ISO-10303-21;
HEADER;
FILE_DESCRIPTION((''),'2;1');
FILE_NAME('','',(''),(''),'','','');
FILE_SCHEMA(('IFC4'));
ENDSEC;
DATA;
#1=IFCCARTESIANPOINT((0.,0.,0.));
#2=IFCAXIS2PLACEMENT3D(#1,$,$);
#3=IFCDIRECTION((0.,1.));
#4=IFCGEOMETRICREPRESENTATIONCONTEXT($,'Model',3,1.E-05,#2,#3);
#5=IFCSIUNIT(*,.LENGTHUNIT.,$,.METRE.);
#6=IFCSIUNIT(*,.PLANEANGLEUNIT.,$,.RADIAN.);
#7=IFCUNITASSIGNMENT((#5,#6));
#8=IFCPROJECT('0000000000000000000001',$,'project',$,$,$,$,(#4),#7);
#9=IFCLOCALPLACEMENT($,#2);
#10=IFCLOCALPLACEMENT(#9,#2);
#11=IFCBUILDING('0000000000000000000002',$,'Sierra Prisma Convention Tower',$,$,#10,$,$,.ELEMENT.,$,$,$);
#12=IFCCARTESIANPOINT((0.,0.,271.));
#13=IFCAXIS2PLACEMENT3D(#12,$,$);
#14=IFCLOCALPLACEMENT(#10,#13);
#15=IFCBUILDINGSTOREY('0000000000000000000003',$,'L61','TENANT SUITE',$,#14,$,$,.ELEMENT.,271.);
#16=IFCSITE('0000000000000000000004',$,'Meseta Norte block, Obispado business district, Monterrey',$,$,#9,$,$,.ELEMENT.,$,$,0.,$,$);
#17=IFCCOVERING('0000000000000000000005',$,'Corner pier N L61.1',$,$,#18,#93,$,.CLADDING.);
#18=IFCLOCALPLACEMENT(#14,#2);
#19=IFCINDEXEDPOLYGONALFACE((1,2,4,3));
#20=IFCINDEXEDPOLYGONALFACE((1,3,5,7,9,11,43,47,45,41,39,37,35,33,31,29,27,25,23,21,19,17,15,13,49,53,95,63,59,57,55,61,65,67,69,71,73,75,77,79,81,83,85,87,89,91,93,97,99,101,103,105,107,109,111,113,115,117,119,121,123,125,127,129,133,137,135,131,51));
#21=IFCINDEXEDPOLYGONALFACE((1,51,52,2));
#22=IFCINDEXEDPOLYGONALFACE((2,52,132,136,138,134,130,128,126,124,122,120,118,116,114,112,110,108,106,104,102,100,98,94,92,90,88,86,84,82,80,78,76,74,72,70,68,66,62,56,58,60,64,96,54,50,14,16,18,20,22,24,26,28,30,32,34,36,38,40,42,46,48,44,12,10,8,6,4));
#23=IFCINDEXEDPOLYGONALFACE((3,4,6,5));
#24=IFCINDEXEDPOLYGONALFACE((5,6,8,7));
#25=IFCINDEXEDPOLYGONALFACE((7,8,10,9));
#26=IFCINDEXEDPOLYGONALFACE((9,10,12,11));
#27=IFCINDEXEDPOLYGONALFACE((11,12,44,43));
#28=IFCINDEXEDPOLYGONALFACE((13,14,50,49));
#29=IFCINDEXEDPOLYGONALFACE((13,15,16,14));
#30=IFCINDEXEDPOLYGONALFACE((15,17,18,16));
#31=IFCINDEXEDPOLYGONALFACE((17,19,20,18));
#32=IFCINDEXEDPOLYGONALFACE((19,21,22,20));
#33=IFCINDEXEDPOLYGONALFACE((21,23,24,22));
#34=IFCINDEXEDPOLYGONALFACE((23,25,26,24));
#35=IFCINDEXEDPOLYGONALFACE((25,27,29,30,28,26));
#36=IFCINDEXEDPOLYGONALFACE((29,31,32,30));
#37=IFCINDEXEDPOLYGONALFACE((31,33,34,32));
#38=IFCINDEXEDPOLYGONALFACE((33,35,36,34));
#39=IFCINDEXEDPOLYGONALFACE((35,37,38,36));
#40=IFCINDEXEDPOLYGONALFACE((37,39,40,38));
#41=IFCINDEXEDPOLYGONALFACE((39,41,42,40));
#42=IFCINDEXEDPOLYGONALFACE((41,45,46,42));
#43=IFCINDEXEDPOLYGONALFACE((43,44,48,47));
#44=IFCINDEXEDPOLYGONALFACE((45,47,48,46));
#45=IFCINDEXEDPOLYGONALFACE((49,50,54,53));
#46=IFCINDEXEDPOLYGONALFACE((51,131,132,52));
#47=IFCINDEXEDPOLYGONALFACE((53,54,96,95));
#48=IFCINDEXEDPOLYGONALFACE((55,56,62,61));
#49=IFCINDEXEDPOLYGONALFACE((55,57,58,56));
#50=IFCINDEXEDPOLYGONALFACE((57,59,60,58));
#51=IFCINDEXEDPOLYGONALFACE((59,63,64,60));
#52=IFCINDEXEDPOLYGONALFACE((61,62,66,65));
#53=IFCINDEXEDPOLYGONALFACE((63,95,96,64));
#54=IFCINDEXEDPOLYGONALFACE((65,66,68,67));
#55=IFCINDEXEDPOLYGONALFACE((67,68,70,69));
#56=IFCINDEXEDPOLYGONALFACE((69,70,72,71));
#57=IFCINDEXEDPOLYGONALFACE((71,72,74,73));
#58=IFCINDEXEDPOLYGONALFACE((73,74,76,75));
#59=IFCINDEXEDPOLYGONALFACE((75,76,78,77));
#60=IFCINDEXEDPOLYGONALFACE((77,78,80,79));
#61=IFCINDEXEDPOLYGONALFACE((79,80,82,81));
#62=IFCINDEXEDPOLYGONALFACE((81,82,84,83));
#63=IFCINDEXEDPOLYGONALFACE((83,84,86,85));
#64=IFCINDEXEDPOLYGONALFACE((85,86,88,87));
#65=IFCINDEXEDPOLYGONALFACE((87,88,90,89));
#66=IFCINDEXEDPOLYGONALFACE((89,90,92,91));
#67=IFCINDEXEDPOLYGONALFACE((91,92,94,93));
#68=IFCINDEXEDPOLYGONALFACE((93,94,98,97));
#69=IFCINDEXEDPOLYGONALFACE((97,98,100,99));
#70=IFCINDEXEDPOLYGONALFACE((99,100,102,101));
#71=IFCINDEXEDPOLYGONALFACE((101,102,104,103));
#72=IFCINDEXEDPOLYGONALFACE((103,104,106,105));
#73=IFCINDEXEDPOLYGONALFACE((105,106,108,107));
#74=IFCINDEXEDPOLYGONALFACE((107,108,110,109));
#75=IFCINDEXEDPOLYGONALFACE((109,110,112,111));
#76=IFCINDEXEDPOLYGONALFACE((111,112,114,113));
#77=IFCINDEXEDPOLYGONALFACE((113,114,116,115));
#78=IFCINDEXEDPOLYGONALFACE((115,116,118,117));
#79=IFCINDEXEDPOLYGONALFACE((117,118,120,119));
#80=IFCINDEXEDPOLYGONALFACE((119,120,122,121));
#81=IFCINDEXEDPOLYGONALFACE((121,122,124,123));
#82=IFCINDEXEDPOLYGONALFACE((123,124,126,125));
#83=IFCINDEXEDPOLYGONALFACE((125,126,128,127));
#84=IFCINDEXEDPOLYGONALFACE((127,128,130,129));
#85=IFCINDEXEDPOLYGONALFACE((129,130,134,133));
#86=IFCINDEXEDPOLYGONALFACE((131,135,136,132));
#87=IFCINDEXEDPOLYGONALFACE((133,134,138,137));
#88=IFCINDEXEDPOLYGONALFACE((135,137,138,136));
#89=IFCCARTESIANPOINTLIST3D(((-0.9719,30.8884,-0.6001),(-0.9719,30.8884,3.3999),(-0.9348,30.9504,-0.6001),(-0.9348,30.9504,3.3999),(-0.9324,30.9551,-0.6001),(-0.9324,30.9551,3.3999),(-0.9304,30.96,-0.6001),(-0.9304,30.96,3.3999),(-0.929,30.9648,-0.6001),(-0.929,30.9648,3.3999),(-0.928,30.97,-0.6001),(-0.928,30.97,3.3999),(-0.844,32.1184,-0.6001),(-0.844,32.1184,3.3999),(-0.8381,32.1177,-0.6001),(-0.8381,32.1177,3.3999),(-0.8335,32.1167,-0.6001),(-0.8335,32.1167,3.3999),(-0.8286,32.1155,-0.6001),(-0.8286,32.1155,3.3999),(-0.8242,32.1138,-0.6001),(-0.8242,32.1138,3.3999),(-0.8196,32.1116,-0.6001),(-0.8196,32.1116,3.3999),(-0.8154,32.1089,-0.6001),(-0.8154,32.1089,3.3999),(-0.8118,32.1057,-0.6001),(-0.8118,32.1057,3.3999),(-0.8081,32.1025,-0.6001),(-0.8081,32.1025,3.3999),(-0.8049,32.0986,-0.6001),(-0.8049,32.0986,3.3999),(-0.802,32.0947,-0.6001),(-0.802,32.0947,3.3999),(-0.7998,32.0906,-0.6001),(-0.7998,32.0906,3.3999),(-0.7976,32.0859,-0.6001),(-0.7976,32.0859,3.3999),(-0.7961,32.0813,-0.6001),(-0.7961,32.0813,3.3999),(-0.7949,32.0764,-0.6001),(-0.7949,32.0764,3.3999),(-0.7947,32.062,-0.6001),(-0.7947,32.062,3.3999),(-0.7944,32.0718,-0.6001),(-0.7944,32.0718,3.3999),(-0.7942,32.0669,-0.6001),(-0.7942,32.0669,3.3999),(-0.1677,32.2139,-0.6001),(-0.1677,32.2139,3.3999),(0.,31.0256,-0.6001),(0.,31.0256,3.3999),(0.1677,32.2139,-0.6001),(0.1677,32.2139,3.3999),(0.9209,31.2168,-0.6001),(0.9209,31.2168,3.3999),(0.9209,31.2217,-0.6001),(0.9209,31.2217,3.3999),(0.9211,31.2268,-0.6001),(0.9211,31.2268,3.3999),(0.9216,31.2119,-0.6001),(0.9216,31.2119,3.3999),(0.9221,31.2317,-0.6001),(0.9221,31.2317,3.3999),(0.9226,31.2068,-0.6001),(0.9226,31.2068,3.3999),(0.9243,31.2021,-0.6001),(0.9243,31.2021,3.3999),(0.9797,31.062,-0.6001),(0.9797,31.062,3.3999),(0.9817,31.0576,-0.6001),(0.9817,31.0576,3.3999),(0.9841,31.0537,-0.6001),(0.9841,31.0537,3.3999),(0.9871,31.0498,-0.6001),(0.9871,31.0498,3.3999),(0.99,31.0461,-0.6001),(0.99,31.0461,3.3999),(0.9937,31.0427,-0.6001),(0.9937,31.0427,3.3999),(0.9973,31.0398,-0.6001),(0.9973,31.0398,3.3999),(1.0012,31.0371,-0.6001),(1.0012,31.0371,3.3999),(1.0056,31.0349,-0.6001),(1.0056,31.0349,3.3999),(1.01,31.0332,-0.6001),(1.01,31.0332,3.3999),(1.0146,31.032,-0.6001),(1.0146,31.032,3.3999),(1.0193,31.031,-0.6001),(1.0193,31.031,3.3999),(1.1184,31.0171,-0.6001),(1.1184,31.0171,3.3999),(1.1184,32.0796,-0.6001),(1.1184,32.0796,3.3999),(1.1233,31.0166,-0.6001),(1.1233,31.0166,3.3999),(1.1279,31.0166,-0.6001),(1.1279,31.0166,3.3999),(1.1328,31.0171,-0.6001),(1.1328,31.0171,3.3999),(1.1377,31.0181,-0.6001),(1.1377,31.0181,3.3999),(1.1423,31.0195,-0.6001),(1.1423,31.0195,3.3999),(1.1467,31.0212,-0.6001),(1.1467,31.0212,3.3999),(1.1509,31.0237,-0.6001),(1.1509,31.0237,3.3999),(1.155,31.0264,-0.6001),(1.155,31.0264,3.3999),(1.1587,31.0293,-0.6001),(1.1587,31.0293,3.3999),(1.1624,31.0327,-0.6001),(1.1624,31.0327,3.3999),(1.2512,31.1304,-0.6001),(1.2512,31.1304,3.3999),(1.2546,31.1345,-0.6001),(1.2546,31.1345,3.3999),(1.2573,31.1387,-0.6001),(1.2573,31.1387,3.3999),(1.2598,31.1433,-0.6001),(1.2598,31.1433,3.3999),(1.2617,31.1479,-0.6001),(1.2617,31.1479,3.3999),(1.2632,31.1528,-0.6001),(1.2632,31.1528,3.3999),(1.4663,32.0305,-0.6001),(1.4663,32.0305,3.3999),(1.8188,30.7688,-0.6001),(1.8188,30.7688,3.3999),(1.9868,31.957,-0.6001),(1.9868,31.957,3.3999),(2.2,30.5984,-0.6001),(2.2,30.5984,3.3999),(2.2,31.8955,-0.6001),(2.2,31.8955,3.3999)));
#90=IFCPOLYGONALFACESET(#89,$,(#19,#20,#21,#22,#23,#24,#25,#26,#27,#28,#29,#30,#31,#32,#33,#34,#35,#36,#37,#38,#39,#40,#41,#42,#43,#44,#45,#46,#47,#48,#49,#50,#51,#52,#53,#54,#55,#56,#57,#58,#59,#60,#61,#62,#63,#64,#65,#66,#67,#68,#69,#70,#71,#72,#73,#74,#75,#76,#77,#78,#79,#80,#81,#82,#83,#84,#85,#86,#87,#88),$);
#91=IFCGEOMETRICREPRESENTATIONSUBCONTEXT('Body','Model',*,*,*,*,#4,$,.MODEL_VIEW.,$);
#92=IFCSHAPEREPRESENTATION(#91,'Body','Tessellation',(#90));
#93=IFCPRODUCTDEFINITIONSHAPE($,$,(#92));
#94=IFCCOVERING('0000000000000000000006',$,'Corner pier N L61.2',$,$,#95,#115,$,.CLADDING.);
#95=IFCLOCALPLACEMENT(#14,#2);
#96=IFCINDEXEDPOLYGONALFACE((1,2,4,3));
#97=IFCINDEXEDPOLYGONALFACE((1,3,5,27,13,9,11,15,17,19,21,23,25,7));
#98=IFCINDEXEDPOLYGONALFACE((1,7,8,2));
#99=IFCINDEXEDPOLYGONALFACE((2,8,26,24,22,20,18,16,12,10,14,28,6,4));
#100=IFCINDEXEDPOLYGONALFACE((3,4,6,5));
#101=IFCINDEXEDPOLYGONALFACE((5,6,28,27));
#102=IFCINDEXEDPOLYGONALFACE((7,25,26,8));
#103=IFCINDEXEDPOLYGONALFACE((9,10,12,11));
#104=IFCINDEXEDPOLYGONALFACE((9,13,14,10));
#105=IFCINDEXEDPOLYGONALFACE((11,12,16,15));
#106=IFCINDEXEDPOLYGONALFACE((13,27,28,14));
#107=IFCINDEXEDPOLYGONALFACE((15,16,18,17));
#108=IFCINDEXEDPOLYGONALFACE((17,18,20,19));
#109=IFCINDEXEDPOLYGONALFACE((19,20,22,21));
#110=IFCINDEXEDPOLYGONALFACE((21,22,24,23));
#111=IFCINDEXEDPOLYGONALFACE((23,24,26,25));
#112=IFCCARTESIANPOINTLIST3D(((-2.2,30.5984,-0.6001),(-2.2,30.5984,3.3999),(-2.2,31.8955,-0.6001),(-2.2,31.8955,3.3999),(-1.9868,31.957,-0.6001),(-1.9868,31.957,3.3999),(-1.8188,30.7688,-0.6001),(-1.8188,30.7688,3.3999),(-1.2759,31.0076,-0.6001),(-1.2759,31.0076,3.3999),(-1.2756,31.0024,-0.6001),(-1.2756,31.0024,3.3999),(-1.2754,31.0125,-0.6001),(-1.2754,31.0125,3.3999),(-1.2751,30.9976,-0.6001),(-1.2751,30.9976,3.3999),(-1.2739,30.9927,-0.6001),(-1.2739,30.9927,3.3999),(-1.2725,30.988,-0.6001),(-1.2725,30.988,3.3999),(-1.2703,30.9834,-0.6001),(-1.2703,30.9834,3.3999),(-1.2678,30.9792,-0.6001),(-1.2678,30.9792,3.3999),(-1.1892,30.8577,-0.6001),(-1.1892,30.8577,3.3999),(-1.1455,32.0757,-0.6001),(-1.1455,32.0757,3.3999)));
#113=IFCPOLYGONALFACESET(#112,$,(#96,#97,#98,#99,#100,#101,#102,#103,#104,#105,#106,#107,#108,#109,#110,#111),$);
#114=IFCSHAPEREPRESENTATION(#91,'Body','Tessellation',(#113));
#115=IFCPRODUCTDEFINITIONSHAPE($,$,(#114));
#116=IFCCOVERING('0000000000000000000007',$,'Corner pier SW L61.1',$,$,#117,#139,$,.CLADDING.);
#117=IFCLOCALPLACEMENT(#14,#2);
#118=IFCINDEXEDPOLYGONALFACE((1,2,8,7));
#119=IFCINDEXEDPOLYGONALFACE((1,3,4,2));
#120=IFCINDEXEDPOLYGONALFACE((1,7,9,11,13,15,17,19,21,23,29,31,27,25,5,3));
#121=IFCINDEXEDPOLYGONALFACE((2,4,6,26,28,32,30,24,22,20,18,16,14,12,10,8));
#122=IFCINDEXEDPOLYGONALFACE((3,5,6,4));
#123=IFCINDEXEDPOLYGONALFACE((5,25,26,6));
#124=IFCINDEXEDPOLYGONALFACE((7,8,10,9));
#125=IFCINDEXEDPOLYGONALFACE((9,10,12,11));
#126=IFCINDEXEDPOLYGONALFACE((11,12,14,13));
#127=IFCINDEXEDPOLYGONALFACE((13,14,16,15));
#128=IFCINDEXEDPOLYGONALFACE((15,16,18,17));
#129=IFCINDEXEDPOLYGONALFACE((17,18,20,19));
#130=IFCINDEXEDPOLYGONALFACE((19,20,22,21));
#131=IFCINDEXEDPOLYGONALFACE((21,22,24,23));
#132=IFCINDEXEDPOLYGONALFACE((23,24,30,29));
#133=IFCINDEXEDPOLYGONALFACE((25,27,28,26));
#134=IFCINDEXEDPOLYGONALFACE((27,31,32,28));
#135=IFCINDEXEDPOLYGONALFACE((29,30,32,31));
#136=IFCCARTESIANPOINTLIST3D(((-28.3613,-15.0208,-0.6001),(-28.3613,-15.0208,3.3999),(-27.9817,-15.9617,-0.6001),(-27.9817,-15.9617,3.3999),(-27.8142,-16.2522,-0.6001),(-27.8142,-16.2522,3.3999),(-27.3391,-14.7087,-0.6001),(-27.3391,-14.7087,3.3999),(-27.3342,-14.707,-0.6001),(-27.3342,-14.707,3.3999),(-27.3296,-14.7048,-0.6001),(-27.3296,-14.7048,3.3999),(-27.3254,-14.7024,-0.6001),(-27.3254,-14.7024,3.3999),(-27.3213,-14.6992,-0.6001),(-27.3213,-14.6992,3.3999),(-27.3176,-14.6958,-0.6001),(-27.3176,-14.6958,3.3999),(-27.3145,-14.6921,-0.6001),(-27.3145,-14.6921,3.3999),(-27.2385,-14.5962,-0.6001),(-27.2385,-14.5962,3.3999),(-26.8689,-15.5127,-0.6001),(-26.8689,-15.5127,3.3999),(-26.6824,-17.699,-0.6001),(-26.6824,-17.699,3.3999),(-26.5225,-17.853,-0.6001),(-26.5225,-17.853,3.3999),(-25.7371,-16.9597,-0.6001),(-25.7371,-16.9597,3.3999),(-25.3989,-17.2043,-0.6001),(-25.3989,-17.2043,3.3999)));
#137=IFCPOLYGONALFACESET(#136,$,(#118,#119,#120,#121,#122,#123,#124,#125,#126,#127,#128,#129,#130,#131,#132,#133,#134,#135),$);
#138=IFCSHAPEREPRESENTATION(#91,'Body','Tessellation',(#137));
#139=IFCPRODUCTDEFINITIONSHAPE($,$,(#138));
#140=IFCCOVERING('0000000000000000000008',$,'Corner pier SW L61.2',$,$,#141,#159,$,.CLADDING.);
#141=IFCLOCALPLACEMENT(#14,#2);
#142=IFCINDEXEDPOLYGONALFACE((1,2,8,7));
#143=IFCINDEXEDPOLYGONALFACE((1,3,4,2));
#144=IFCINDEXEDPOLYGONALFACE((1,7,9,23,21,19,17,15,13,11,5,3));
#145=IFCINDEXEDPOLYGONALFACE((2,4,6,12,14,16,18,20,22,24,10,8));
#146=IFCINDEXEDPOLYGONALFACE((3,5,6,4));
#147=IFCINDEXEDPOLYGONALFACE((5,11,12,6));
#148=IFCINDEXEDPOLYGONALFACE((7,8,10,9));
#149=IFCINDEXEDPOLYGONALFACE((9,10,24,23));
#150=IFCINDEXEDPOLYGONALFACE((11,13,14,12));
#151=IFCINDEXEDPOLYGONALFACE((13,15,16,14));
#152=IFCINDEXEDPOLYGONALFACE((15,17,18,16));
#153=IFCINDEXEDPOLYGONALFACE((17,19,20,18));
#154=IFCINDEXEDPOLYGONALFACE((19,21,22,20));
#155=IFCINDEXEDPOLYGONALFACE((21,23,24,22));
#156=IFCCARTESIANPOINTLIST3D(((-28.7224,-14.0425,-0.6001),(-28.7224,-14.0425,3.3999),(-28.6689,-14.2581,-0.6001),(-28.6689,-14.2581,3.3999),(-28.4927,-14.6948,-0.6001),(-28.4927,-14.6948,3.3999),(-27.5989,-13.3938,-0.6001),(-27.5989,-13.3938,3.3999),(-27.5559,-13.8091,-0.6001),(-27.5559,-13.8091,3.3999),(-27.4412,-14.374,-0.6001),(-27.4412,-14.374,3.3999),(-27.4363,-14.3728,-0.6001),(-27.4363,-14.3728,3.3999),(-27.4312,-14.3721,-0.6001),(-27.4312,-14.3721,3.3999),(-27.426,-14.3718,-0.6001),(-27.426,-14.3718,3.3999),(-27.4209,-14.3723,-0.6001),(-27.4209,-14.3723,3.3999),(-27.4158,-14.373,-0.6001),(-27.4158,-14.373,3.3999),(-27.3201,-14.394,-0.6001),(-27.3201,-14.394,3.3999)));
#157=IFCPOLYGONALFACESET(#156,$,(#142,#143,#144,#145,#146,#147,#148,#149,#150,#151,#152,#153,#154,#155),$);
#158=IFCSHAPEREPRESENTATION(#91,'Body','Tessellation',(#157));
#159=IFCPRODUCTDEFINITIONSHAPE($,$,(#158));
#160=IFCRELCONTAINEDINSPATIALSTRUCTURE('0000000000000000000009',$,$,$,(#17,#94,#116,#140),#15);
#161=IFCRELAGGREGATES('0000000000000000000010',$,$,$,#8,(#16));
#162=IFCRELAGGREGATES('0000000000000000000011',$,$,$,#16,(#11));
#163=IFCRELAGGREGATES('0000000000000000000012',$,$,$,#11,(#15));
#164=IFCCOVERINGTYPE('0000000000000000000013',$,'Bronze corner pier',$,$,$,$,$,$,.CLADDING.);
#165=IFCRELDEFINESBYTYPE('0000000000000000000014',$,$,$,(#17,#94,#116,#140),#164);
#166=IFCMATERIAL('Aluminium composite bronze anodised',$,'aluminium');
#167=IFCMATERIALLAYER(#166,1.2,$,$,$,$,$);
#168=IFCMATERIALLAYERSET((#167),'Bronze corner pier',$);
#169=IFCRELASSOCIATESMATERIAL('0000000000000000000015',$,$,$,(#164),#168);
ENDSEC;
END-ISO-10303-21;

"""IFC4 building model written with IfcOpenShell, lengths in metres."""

from ifc_helpers import new_model, si_unit, direction, frame, origin, place, context, subcontext, project, spatial, polyline, outline, extrude, material, layer, layer_set, type_object, element, save


model = new_model("IFC4")

# Units and contexts
model_context = context("Model", 3, precision=1e-05, world=origin(), true_north=direction((0.0, 1.0)))
body_context = subcontext(model_context, "Body", "Model", "MODEL_VIEW")
ifc_project = project(units=[si_unit("LENGTHUNIT", "METRE"), si_unit("PLANEANGLEUNIT", "RADIAN")], contexts=[model_context])

# Site, building, storey
site_placement = place(None, origin())
site = spatial("IfcSite", under=ifc_project, at=site_placement, Name="Meseta Norte block, Obispado business district, Monterrey", CompositionType="ELEMENT", RefElevation=0.0)
building_placement = place(site_placement, origin())
building = spatial("IfcBuilding", under=site, at=building_placement, Name="Sierra Prisma Convention Tower", CompositionType="ELEMENT")
storey_placement = place(building_placement, frame((0.0, 0.0, 271.0)))
storey = spatial("IfcBuildingStorey", under=building, at=storey_placement, Name="L61", Description="TENANT SUITE", CompositionType="ELEMENT", Elevation=271.0)

# Coverings
ifc_material_1 = material(Name="Aluminium composite bronze anodised", Category="aluminium")
ifc_layer_1 = layer(ifc_material_1, 1.2)
ifc_layer_set_1 = layer_set([ifc_layer_1], Name="Bronze corner pier")
covering_type_1 = type_object("IfcCoveringType", Name="Bronze corner pier", PredefinedType="CLADDING", material=ifc_layer_set_1)
covering_1_placement = place(storey_placement, frame((0.0, 0.0, -0.6001)))
element("IfcCovering", 1, at=covering_1_placement, inside=storey, type_object=covering_type_1, Name="Corner pier N L61.1", PredefinedType="CLADDING", context=body_context, shape_type="SweptSolid", body=[
    extrude(outline(polyline([(0.9871, 31.0498), (0.99, 31.0461), (0.9937, 31.0427), (0.9973, 31.0398), (1.0012, 31.0371), (1.0056, 31.0349), (1.01, 31.0332), (1.0146, 31.032), (1.0193, 31.031), (1.1184, 31.0171), (1.1233, 31.0166), (1.1279, 31.0166), (1.1328, 31.0171), (1.1377, 31.0181), (1.1423, 31.0195), (1.1467, 31.0212), (1.1509, 31.0237), (1.155, 31.0264), (1.1587, 31.0293), (1.1624, 31.0327), (1.2512, 31.1304), (1.2546, 31.1345), (1.2573, 31.1387), (1.2598, 31.1433), (1.2617, 31.1479), (1.2632, 31.1528), (1.4663, 32.0305), (1.9868, 31.957), (2.2, 31.8955), (2.2, 30.5984), (1.8188, 30.7688), (0.0, 31.0256), (-0.9719, 30.8884), (-0.9348, 30.9504), (-0.9324, 30.9551), (-0.9304, 30.96), (-0.929, 30.9648), (-0.928, 30.97), (-0.7947, 32.062), (-0.7942, 32.0669), (-0.7944, 32.0718), (-0.7949, 32.0764), (-0.7961, 32.0813), (-0.7976, 32.0859), (-0.7998, 32.0906), (-0.802, 32.0947), (-0.8049, 32.0986), (-0.8081, 32.1025), (-0.8118, 32.1057), (-0.8154, 32.1089), (-0.8196, 32.1116), (-0.8242, 32.1138), (-0.8286, 32.1155), (-0.8335, 32.1167), (-0.8381, 32.1177), (-0.844, 32.1184), (-0.1677, 32.2139), (0.1677, 32.2139), (1.1184, 32.0796), (0.9221, 31.2317), (0.9211, 31.2268), (0.9209, 31.2217), (0.9209, 31.2168), (0.9216, 31.2119), (0.9226, 31.2068), (0.9243, 31.2021), (0.9797, 31.062), (0.9817, 31.0576), (0.9841, 31.0537), (0.9871, 31.0498)])), origin(), (0.0, 0.0, 1.0), 4.0),
])
covering_2_placement = place(storey_placement, frame((0.0, 0.0, -0.6001)))
element("IfcCovering", 2, at=covering_2_placement, inside=storey, type_object=covering_type_1, Name="Corner pier N L61.2", PredefinedType="CLADDING", context=body_context, shape_type="SweptSolid", body=[
    extrude(outline(polyline([(-1.2756, 31.0024), (-1.2751, 30.9976), (-1.2739, 30.9927), (-1.2725, 30.988), (-1.2703, 30.9834), (-1.2678, 30.9792), (-1.1892, 30.8577), (-1.8188, 30.7688), (-2.2, 30.5984), (-2.2, 31.8955), (-1.9868, 31.957), (-1.1455, 32.0757), (-1.2754, 31.0125), (-1.2759, 31.0076), (-1.2756, 31.0024)])), origin(), (0.0, 0.0, 1.0), 4.0),
])
covering_3_placement = place(storey_placement, frame((0.0, 0.0, -0.6001)))
element("IfcCovering", 3, at=covering_3_placement, inside=storey, type_object=covering_type_1, Name="Corner pier SW L61.1", PredefinedType="CLADDING", context=body_context, shape_type="SweptSolid", body=[
    extrude(outline(polyline([(-28.3613, -15.0208), (-27.3391, -14.7087), (-27.3342, -14.707), (-27.3296, -14.7048), (-27.3254, -14.7024), (-27.3213, -14.6992), (-27.3176, -14.6958), (-27.3145, -14.6921), (-27.2385, -14.5962), (-26.8689, -15.5127), (-25.7371, -16.9597), (-25.3989, -17.2043), (-26.5225, -17.853), (-26.6824, -17.699), (-27.8142, -16.2522), (-27.9817, -15.9617), (-28.3613, -15.0208)])), origin(), (0.0, 0.0, 1.0), 4.0),
])
covering_4_placement = place(storey_placement, frame((0.0, 0.0, -0.6001)))
element("IfcCovering", 4, at=covering_4_placement, inside=storey, type_object=covering_type_1, Name="Corner pier SW L61.2", PredefinedType="CLADDING", context=body_context, shape_type="SweptSolid", body=[
    extrude(outline(polyline([(-28.6689, -14.2581), (-28.7224, -14.0425), (-27.5989, -13.3938), (-27.5559, -13.8091), (-27.3201, -14.394), (-27.4158, -14.373), (-27.4209, -14.3723), (-27.426, -14.3718), (-27.4312, -14.3721), (-27.4363, -14.3728), (-27.4412, -14.374), (-28.4927, -14.6948), (-28.6689, -14.2581)])), origin(), (0.0, 0.0, 1.0), 4.0),
])

save(model, "model.ifc")
